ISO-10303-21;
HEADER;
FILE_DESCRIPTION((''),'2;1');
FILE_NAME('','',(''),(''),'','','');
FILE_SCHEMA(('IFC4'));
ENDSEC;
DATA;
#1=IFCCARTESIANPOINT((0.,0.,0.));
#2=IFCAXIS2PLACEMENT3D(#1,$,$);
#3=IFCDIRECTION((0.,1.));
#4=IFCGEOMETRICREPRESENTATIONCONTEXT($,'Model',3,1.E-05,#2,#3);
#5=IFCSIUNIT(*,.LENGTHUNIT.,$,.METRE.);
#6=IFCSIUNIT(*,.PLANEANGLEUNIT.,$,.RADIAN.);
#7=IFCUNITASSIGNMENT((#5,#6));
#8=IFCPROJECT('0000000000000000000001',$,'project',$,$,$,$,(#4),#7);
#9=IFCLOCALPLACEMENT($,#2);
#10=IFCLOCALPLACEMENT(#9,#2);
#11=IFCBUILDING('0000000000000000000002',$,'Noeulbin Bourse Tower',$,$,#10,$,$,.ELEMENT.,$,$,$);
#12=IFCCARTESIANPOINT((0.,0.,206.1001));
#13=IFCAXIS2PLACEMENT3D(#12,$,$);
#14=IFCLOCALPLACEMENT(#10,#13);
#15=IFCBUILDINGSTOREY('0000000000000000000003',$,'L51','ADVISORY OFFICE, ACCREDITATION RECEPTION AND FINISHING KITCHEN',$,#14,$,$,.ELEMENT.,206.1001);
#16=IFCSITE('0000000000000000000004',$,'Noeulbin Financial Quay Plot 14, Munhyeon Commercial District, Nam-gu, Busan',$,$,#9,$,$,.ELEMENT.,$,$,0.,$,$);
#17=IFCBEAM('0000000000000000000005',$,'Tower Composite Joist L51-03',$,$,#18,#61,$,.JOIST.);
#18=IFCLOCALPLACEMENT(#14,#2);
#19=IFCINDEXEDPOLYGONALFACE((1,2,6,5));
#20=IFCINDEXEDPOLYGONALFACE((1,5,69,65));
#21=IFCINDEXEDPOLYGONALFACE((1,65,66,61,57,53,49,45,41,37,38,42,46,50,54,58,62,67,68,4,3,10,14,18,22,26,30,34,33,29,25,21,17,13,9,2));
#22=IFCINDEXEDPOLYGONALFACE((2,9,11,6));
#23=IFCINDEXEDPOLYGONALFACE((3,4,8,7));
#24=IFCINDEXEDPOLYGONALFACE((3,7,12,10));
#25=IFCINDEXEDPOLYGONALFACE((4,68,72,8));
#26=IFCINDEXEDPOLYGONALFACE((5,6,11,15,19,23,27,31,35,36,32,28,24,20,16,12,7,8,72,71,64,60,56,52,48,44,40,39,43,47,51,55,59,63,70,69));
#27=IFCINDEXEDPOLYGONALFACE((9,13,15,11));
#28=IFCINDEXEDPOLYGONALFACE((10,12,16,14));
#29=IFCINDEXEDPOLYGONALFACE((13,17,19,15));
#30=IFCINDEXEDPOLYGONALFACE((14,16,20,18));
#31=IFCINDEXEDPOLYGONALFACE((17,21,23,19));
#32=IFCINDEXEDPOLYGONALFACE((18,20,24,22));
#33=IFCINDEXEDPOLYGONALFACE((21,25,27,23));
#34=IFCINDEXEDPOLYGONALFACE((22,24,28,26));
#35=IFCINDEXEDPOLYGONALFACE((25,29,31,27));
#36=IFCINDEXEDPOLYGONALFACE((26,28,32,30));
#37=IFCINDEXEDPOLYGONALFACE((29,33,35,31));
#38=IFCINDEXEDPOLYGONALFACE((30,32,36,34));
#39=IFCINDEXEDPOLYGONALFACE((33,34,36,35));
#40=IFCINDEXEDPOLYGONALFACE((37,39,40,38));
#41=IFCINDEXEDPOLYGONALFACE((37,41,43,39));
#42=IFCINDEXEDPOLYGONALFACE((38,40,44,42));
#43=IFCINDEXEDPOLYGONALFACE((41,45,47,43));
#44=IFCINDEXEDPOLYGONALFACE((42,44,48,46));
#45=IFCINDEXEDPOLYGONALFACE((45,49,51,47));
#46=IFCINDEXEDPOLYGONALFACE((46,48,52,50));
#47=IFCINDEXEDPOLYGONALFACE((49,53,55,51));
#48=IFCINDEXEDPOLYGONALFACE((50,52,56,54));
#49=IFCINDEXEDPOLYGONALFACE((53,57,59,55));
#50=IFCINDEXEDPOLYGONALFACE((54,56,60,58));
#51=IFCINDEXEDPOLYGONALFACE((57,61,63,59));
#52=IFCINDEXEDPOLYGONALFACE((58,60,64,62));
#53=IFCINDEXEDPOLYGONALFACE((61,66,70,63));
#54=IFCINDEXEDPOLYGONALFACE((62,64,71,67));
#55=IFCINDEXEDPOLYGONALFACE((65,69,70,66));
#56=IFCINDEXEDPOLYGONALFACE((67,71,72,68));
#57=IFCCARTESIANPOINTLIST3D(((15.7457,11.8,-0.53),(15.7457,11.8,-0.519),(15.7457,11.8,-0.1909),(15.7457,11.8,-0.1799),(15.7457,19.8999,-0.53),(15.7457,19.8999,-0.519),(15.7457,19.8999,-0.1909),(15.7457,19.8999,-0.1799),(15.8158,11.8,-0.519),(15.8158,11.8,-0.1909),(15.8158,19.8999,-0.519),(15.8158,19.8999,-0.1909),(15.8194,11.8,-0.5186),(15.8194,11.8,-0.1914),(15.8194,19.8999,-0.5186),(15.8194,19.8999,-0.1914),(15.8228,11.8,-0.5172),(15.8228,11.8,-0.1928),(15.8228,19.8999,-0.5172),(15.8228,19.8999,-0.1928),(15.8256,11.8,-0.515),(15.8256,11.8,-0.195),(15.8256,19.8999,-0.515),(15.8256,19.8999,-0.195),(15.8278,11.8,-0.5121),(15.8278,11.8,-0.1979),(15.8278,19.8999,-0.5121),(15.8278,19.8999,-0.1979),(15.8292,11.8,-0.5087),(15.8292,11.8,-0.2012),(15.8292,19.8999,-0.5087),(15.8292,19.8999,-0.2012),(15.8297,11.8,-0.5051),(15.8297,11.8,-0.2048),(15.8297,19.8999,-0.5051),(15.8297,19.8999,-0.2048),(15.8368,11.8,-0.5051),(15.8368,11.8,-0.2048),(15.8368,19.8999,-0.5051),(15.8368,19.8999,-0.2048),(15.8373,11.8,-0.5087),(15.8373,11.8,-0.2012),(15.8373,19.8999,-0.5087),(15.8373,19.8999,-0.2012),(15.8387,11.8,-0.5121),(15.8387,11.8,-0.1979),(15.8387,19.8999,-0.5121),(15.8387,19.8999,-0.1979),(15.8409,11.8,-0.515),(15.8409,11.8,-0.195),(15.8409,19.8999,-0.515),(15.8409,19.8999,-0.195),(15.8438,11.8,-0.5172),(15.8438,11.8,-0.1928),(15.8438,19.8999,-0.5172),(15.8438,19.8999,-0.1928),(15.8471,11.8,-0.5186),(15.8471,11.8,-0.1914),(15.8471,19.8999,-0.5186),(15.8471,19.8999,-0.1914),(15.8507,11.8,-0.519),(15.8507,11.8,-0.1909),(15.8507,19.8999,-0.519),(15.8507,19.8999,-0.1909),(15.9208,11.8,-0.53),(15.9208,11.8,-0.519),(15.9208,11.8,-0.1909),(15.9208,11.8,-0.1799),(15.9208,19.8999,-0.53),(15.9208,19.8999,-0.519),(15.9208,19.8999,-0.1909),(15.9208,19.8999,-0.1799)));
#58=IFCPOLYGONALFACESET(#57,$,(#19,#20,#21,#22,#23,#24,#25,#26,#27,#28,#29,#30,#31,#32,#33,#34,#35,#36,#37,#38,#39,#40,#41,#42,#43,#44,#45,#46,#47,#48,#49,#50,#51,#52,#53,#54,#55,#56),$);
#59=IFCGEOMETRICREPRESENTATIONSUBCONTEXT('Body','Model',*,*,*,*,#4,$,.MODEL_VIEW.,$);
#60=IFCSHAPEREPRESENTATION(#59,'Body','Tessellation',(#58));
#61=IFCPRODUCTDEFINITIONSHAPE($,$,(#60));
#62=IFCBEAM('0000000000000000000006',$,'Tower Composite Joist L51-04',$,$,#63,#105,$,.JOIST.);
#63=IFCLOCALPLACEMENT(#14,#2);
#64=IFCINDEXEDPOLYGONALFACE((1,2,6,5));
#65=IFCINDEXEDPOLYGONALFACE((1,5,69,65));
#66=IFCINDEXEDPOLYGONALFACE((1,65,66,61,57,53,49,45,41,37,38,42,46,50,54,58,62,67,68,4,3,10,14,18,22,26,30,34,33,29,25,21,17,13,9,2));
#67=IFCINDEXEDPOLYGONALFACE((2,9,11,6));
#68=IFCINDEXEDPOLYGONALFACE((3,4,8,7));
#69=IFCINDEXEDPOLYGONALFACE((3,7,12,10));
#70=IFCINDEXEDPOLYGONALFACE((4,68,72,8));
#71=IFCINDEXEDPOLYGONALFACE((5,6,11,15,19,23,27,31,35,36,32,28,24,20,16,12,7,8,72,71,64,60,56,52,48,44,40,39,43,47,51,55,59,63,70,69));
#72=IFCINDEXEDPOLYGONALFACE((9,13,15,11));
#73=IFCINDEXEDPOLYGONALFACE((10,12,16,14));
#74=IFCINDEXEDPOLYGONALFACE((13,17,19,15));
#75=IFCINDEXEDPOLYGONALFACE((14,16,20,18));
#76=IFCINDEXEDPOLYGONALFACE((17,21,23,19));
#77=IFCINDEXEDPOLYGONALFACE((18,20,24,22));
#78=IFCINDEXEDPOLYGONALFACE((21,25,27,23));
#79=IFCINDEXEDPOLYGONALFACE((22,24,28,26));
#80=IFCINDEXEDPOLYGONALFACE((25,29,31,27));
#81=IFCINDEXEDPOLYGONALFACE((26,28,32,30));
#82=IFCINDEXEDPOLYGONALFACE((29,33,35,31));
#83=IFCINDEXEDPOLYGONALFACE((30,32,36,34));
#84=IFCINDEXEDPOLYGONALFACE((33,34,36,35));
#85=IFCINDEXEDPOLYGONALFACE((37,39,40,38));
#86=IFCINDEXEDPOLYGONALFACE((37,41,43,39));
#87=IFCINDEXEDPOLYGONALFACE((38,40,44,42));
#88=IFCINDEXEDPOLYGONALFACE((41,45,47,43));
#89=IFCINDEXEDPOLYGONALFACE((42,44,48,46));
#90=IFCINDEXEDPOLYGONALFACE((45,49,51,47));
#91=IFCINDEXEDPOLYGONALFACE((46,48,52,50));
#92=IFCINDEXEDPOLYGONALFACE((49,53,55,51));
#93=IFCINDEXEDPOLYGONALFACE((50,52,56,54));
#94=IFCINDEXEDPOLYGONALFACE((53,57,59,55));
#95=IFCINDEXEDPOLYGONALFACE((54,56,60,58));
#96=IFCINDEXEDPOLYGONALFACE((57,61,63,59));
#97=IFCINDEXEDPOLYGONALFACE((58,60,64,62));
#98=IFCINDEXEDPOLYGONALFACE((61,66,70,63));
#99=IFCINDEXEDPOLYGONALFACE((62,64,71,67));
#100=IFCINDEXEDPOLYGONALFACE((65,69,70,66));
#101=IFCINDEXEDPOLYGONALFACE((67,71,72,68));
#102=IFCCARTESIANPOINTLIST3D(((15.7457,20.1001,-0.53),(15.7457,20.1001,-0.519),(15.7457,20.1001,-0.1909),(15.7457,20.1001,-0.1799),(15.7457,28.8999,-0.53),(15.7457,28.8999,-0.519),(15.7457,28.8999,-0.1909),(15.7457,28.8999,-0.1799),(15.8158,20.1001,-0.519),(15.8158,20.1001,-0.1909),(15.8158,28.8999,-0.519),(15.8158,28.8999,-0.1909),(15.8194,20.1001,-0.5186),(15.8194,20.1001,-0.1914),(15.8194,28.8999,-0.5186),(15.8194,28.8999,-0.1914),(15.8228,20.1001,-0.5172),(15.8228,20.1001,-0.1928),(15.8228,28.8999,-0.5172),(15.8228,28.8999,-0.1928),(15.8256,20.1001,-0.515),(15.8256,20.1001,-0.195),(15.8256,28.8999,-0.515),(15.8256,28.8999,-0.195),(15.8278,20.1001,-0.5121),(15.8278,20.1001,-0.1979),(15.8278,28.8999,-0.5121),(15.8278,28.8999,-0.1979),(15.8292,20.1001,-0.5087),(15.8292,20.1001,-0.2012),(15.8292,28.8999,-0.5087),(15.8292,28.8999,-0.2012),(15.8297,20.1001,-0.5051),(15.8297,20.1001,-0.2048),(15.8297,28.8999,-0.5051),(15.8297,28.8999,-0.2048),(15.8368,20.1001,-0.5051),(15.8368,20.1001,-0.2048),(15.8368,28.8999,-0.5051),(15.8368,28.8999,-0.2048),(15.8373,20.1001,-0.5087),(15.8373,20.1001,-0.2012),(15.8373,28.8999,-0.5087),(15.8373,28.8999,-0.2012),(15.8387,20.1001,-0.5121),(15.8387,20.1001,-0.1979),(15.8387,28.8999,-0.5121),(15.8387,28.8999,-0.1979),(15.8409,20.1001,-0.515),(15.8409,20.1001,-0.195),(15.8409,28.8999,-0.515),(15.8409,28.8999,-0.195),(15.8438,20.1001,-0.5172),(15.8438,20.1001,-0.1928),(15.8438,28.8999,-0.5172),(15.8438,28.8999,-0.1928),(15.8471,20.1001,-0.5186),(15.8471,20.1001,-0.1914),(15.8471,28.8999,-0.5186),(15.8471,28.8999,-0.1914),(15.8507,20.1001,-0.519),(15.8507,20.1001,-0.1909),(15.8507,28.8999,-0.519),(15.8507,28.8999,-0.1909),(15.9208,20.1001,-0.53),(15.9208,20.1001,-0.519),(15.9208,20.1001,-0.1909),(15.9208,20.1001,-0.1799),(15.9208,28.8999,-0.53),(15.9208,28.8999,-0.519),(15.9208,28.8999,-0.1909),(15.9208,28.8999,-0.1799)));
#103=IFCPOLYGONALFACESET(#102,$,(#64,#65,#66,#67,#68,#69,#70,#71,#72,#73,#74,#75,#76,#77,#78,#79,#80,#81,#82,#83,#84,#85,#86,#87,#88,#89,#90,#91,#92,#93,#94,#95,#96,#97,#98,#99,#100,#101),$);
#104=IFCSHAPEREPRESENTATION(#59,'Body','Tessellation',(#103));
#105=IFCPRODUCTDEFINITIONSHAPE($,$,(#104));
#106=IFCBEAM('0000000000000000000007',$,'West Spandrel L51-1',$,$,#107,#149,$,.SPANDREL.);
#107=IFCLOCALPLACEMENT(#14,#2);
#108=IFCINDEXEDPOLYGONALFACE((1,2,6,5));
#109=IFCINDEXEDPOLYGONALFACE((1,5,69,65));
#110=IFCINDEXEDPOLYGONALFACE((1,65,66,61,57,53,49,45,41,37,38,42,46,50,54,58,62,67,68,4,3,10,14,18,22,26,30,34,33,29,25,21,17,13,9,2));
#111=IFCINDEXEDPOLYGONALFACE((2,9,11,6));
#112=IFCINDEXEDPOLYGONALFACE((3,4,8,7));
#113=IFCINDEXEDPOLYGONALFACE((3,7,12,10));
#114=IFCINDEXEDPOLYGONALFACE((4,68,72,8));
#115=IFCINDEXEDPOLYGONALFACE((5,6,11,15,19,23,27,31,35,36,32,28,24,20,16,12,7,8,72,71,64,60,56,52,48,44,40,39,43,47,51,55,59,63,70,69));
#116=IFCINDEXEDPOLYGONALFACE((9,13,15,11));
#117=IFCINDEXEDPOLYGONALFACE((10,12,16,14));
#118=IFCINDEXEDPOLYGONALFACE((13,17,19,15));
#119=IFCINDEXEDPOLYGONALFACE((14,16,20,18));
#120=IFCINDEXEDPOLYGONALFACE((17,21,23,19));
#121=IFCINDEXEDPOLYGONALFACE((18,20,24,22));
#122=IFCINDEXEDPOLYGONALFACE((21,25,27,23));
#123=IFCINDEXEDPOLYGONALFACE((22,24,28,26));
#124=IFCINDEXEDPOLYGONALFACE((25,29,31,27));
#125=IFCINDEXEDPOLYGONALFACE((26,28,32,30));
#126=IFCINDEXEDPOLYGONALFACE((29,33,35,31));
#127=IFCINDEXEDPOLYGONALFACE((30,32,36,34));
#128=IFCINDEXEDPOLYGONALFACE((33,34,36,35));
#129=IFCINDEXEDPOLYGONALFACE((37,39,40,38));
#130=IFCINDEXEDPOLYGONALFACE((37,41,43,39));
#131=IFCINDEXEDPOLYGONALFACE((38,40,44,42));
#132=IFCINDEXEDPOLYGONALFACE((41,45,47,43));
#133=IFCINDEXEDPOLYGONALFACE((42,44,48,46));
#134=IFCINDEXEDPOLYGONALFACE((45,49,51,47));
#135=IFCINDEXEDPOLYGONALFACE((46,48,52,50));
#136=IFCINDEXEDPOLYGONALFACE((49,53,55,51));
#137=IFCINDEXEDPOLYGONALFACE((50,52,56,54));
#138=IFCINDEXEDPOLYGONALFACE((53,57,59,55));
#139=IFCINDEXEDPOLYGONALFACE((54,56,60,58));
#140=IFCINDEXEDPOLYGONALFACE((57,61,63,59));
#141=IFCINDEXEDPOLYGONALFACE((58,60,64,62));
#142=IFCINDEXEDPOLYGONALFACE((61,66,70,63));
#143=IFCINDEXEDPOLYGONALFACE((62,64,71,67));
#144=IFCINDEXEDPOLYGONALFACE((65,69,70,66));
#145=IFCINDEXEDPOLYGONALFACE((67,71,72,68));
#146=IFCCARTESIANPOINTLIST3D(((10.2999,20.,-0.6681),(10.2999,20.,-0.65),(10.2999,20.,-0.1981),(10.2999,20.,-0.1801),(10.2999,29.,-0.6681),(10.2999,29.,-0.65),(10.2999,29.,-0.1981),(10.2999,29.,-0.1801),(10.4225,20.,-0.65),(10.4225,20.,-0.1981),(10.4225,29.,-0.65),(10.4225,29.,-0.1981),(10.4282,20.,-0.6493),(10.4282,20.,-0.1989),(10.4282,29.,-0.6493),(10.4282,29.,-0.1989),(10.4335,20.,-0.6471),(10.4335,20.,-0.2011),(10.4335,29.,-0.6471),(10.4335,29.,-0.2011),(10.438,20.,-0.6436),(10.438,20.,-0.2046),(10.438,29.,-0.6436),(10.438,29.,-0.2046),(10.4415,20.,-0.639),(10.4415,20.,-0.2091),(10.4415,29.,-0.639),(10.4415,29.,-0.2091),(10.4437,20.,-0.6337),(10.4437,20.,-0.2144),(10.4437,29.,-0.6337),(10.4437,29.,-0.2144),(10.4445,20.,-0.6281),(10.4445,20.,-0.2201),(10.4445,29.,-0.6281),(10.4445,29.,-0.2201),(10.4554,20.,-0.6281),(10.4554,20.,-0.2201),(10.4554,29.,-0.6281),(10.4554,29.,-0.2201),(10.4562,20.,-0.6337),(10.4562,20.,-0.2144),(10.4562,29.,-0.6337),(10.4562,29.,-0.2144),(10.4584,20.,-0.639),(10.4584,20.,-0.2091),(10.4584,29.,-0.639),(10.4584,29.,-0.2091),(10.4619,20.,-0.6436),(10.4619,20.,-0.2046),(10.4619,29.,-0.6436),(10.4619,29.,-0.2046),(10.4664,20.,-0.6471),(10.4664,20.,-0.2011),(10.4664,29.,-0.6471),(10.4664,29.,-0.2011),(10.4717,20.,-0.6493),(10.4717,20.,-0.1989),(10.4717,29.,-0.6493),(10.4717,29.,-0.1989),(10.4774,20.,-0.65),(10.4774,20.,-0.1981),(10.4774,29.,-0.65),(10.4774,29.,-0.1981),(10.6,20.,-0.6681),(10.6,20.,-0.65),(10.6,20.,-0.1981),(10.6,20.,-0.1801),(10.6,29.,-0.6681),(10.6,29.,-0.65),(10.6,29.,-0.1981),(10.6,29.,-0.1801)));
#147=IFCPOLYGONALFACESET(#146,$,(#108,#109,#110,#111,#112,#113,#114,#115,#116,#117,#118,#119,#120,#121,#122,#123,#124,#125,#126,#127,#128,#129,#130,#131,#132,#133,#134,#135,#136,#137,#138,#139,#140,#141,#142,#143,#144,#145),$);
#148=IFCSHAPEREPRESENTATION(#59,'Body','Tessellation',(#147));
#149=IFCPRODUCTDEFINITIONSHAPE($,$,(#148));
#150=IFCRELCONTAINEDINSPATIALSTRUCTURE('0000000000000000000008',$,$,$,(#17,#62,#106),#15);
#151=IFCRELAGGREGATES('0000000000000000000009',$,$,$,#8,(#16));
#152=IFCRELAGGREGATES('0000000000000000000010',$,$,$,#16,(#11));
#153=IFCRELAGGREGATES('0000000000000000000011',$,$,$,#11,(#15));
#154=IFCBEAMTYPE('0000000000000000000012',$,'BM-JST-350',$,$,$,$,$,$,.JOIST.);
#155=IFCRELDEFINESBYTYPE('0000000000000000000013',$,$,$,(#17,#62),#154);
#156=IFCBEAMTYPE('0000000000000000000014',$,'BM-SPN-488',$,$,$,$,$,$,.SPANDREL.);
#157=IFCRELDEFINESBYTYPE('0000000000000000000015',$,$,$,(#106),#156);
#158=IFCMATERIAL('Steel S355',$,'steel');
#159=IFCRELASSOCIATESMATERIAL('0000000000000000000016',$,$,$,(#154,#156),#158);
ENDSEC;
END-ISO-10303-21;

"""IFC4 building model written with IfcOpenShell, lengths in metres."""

from ifc_helpers import new_model, si_unit, direction, frame, origin, origin_2d, place, context, subcontext, project, spatial, i_section, extrude, material, material_profile, profile_set, type_object, element, save


model = new_model("IFC4")

# Units and contexts
model_context = context("Model", 3, precision=1e-05, world=origin(), true_north=direction((0.0, 1.0)))
body_context = subcontext(model_context, "Body", "Model", "MODEL_VIEW")
ifc_project = project(units=[si_unit("LENGTHUNIT", "METRE"), si_unit("PLANEANGLEUNIT", "RADIAN")], contexts=[model_context])

# Site, building, storey
site_placement = place(None, origin())
site = spatial("IfcSite", under=ifc_project, at=site_placement, Name="Noeulbin Financial Quay Plot 14, Munhyeon Commercial District, Nam-gu, Busan", CompositionType="ELEMENT", RefElevation=0.0)
building_placement = place(site_placement, origin())
building = spatial("IfcBuilding", under=site, at=building_placement, Name="Noeulbin Bourse Tower", CompositionType="ELEMENT")
storey_placement = place(building_placement, frame((0.0, 0.0, 206.1001)))
storey = spatial("IfcBuildingStorey", under=building, at=storey_placement, Name="L51", Description="ADVISORY OFFICE, ACCREDITATION RECEPTION AND FINISHING KITCHEN", CompositionType="ELEMENT", Elevation=206.1001)

# Shared definitions
ifc_material_1 = material(Name="Steel S355", Category="steel")

# Beams
ifc_material_profile_1 = material_profile(ifc_material_1, i_section(OverallWidth=0.175, OverallDepth=0.3501, WebThickness=0.0071, FlangeThickness=0.011, FilletRadius=0.0139, at=origin_2d()), Name="H-350x175x7x11", Category="LoadBearing")
ifc_profile_set_1 = profile_set([ifc_material_profile_1], Name="Steel S355")
beam_type_1 = type_object("IfcBeamType", Name="BM-JST-350", PredefinedType="JOIST", material=ifc_profile_set_1)
beam_1_placement = place(storey_placement, frame((15.8333, 11.8, -0.355), z_axis=(0.0, 1.0, 0.0), x_axis=(-1.0, 0.0, 0.0)))
element("IfcBeam", 1, at=beam_1_placement, inside=storey, type_object=beam_type_1, Name="Tower Composite Joist L51-03", PredefinedType="JOIST", context=body_context, shape_type="SweptSolid", body=[
    extrude(i_section(OverallWidth=0.175, OverallDepth=0.3501, WebThickness=0.0071, FlangeThickness=0.011, FilletRadius=0.0139, at=origin_2d()), origin(), (0.0, 0.0, 1.0), 8.0999),
])
beam_2_placement = place(storey_placement, frame((15.8333, 20.1001, -0.355), z_axis=(0.0, 1.0, 0.0), x_axis=(-1.0, 0.0, 0.0)))
element("IfcBeam", 2, at=beam_2_placement, inside=storey, type_object=beam_type_1, Name="Tower Composite Joist L51-04", PredefinedType="JOIST", context=body_context, shape_type="SweptSolid", body=[
    extrude(i_section(OverallWidth=0.175, OverallDepth=0.3501, WebThickness=0.0071, FlangeThickness=0.011, FilletRadius=0.0139, at=origin_2d()), origin(), (0.0, 0.0, 1.0), 8.7998),
])
ifc_material_profile_2 = material_profile(ifc_material_1, i_section(OverallWidth=0.3, OverallDepth=0.488, WebThickness=0.011, FlangeThickness=0.0181, FilletRadius=0.022, at=origin_2d()), Name="H-488x300x11x18", Category="LoadBearing")
ifc_profile_set_2 = profile_set([ifc_material_profile_2], Name="Steel S355")
beam_type_2 = type_object("IfcBeamType", Name="BM-SPN-488", PredefinedType="SPANDREL", material=ifc_profile_set_2)
beam_3_placement = place(storey_placement, frame((10.45, 20.0, -0.4241), z_axis=(0.0, 1.0, 0.0), x_axis=(-1.0, 0.0, 0.0)))
element("IfcBeam", 3, at=beam_3_placement, inside=storey, type_object=beam_type_2, Name="West Spandrel L51-1", PredefinedType="SPANDREL", context=body_context, shape_type="SweptSolid", body=[
    extrude(i_section(OverallWidth=0.3, OverallDepth=0.488, WebThickness=0.011, FlangeThickness=0.0181, FilletRadius=0.022, at=origin_2d()), origin(), (0.0, 0.0, 1.0), 9.0),
])

save(model, "model.ifc")
